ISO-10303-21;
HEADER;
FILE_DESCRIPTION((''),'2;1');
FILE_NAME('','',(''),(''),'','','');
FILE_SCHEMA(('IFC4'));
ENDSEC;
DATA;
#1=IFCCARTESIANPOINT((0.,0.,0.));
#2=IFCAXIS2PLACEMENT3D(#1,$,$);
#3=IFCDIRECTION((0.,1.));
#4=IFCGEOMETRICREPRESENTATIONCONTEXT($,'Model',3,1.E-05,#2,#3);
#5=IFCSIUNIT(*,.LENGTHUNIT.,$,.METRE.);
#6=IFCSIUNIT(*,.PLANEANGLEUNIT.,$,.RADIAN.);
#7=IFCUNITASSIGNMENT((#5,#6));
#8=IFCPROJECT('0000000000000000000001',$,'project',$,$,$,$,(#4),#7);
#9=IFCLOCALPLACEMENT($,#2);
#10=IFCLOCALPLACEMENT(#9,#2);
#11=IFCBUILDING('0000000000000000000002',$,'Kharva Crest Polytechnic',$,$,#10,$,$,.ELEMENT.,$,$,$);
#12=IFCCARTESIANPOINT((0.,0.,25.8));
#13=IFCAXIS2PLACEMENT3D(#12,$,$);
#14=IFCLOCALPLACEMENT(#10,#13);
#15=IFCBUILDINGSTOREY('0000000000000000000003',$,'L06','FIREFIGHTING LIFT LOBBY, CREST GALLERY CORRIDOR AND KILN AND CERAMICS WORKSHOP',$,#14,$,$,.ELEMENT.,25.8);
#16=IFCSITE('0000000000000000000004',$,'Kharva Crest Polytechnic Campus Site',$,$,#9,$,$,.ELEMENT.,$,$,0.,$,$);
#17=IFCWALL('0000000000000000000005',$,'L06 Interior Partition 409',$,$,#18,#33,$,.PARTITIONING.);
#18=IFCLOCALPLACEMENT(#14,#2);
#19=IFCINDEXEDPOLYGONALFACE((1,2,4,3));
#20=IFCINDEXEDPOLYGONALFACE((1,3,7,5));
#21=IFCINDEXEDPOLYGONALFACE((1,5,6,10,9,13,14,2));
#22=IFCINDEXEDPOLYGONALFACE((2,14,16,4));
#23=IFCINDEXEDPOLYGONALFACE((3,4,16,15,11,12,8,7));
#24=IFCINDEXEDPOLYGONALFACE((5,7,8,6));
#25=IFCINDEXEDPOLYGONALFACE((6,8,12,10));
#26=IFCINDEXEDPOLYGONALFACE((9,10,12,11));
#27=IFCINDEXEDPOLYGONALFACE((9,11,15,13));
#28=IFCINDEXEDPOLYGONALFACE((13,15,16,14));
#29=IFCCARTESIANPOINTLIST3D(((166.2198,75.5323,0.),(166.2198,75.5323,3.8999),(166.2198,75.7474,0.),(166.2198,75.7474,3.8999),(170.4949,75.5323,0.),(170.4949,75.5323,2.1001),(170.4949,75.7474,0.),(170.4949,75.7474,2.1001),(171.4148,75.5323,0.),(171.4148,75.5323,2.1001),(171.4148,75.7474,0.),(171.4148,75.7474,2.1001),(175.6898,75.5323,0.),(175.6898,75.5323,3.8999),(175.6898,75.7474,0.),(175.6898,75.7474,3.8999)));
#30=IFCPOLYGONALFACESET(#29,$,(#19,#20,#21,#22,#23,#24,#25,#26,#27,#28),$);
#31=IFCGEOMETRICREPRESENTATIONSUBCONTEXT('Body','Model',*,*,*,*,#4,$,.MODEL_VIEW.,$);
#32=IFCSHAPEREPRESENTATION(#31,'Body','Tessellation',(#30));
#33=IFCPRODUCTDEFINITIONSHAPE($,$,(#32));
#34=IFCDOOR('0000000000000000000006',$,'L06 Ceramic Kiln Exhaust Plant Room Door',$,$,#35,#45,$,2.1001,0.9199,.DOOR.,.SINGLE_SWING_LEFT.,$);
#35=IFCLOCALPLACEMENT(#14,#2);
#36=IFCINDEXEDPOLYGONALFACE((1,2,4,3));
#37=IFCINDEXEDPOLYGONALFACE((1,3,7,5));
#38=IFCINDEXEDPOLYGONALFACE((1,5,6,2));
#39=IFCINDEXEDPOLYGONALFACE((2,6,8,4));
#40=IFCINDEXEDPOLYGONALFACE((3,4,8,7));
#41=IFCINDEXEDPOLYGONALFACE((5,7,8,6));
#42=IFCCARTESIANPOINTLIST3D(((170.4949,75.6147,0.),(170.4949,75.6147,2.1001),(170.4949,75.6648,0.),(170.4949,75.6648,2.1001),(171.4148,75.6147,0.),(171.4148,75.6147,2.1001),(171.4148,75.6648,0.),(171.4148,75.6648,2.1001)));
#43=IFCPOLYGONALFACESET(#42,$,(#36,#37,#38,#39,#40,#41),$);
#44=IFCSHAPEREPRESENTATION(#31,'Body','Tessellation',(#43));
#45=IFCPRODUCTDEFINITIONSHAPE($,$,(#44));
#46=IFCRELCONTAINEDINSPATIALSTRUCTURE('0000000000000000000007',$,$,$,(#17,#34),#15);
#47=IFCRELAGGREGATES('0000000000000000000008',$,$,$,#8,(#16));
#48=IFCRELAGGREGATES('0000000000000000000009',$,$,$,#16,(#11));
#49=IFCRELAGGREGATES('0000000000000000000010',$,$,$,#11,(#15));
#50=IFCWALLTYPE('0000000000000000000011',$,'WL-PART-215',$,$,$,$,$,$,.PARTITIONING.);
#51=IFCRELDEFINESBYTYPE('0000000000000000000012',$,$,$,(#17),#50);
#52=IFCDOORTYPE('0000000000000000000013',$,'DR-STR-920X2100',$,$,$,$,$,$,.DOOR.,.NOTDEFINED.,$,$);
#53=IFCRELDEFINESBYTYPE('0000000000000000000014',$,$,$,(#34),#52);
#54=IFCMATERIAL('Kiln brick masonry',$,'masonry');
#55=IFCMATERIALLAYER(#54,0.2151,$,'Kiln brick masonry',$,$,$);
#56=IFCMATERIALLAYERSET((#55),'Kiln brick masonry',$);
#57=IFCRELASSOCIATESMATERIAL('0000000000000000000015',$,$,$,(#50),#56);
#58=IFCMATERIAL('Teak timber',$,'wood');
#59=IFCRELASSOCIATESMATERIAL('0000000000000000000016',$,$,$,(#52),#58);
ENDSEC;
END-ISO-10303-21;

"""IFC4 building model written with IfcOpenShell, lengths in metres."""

from ifc_helpers import new_model, si_unit, direction, frame, frame_2d, origin, place, context, subcontext, project, spatial, rectangle, extrude, material, layer, layer_set, type_object, element, fill, save


model = new_model("IFC4")

# Units and contexts
model_context = context("Model", 3, precision=1e-05, world=origin(), true_north=direction((0.0, 1.0)))
body_context = subcontext(model_context, "Body", "Model", "MODEL_VIEW")
ifc_project = project(units=[si_unit("LENGTHUNIT", "METRE"), si_unit("PLANEANGLEUNIT", "RADIAN")], contexts=[model_context])

# Site, building, storey
site_placement = place(None, origin())
site = spatial("IfcSite", under=ifc_project, at=site_placement, Name="Kharva Crest Polytechnic Campus Site", CompositionType="ELEMENT", RefElevation=0.0)
building_placement = place(site_placement, origin())
building = spatial("IfcBuilding", under=site, at=building_placement, Name="Kharva Crest Polytechnic", CompositionType="ELEMENT")
storey_placement = place(building_placement, frame((0.0, 0.0, 25.8)))
storey = spatial("IfcBuildingStorey", under=building, at=storey_placement, Name="L06", Description="FIREFIGHTING LIFT LOBBY, CREST GALLERY CORRIDOR AND KILN AND CERAMICS WORKSHOP", CompositionType="ELEMENT", Elevation=25.8)

# Shared definitions
ifc_material_1 = material(Name="Kiln brick masonry", Category="masonry")

# Shared definitions
ifc_material_2 = material(Name="Teak timber", Category="wood")

# Wall, opening, door
ifc_layer_1 = layer(ifc_material_1, 0.2151, Name="Kiln brick masonry")
ifc_layer_set_1 = layer_set([ifc_layer_1], Name="Kiln brick masonry")
wall_type_1 = type_object("IfcWallType", Name="WL-PART-215", PredefinedType="PARTITIONING", material=ifc_layer_set_1)
wall_1_placement = place(storey_placement, frame((166.22, 75.6399, 0.0), z_axis=(0.0, 0.0, 1.0), x_axis=(1.0, 0.0, 0.0)))
wall_1 = element("IfcWall", 1, at=wall_1_placement, inside=storey, type_object=wall_type_1, Name="L06 Interior Partition 409", PredefinedType="PARTITIONING", context=body_context, shape_type="SweptSolid", body=[
    extrude(rectangle(XDim=9.47, YDim=0.2151, at=frame_2d((4.7349, 0.0))), origin(), (0.0, 0.0, 1.0), 3.8999),
])
opening_1_placement = place(wall_1_placement, frame((4.2749, 0.0, 0.0)))
opening_1 = element("IfcOpeningElement", 2, at=opening_1_placement, cuts=wall_1, PredefinedType="OPENING", context=body_context, shape_type="SweptSolid", body=[
    extrude(rectangle(XDim=0.9199, YDim=2.1001, at=frame_2d((0.46, 1.05))), frame((0.0, 0.1174, 0.0), z_axis=(0.0, -1.0, 0.0), x_axis=(1.0, 0.0, 0.0)), (0.0, 0.0, 1.0), 0.2351),
])
door_type_1 = type_object("IfcDoorType", Name="DR-STR-920X2100", OperationType="NOTDEFINED", PredefinedType="DOOR", material=ifc_material_2)
door_1_placement = place(opening_1_placement, origin())
door_1 = element("IfcDoor", 3, at=door_1_placement, inside=storey, type_object=door_type_1, Name="L06 Ceramic Kiln Exhaust Plant Room Door", OperationType="SINGLE_SWING_LEFT", OverallHeight=2.1001, OverallWidth=0.9199, PredefinedType="DOOR", context=body_context, shape_type="SweptSolid", body=[
    extrude(rectangle(XDim=0.9199, YDim=2.1001, at=frame_2d((0.46, 1.05))), frame((0.0, 0.0249, 0.0), z_axis=(0.0, -1.0, 0.0), x_axis=(1.0, 0.0, 0.0)), (0.0, 0.0, 1.0), 0.05),
])
fill(opening_1, door_1)

save(model, "model.ifc")
